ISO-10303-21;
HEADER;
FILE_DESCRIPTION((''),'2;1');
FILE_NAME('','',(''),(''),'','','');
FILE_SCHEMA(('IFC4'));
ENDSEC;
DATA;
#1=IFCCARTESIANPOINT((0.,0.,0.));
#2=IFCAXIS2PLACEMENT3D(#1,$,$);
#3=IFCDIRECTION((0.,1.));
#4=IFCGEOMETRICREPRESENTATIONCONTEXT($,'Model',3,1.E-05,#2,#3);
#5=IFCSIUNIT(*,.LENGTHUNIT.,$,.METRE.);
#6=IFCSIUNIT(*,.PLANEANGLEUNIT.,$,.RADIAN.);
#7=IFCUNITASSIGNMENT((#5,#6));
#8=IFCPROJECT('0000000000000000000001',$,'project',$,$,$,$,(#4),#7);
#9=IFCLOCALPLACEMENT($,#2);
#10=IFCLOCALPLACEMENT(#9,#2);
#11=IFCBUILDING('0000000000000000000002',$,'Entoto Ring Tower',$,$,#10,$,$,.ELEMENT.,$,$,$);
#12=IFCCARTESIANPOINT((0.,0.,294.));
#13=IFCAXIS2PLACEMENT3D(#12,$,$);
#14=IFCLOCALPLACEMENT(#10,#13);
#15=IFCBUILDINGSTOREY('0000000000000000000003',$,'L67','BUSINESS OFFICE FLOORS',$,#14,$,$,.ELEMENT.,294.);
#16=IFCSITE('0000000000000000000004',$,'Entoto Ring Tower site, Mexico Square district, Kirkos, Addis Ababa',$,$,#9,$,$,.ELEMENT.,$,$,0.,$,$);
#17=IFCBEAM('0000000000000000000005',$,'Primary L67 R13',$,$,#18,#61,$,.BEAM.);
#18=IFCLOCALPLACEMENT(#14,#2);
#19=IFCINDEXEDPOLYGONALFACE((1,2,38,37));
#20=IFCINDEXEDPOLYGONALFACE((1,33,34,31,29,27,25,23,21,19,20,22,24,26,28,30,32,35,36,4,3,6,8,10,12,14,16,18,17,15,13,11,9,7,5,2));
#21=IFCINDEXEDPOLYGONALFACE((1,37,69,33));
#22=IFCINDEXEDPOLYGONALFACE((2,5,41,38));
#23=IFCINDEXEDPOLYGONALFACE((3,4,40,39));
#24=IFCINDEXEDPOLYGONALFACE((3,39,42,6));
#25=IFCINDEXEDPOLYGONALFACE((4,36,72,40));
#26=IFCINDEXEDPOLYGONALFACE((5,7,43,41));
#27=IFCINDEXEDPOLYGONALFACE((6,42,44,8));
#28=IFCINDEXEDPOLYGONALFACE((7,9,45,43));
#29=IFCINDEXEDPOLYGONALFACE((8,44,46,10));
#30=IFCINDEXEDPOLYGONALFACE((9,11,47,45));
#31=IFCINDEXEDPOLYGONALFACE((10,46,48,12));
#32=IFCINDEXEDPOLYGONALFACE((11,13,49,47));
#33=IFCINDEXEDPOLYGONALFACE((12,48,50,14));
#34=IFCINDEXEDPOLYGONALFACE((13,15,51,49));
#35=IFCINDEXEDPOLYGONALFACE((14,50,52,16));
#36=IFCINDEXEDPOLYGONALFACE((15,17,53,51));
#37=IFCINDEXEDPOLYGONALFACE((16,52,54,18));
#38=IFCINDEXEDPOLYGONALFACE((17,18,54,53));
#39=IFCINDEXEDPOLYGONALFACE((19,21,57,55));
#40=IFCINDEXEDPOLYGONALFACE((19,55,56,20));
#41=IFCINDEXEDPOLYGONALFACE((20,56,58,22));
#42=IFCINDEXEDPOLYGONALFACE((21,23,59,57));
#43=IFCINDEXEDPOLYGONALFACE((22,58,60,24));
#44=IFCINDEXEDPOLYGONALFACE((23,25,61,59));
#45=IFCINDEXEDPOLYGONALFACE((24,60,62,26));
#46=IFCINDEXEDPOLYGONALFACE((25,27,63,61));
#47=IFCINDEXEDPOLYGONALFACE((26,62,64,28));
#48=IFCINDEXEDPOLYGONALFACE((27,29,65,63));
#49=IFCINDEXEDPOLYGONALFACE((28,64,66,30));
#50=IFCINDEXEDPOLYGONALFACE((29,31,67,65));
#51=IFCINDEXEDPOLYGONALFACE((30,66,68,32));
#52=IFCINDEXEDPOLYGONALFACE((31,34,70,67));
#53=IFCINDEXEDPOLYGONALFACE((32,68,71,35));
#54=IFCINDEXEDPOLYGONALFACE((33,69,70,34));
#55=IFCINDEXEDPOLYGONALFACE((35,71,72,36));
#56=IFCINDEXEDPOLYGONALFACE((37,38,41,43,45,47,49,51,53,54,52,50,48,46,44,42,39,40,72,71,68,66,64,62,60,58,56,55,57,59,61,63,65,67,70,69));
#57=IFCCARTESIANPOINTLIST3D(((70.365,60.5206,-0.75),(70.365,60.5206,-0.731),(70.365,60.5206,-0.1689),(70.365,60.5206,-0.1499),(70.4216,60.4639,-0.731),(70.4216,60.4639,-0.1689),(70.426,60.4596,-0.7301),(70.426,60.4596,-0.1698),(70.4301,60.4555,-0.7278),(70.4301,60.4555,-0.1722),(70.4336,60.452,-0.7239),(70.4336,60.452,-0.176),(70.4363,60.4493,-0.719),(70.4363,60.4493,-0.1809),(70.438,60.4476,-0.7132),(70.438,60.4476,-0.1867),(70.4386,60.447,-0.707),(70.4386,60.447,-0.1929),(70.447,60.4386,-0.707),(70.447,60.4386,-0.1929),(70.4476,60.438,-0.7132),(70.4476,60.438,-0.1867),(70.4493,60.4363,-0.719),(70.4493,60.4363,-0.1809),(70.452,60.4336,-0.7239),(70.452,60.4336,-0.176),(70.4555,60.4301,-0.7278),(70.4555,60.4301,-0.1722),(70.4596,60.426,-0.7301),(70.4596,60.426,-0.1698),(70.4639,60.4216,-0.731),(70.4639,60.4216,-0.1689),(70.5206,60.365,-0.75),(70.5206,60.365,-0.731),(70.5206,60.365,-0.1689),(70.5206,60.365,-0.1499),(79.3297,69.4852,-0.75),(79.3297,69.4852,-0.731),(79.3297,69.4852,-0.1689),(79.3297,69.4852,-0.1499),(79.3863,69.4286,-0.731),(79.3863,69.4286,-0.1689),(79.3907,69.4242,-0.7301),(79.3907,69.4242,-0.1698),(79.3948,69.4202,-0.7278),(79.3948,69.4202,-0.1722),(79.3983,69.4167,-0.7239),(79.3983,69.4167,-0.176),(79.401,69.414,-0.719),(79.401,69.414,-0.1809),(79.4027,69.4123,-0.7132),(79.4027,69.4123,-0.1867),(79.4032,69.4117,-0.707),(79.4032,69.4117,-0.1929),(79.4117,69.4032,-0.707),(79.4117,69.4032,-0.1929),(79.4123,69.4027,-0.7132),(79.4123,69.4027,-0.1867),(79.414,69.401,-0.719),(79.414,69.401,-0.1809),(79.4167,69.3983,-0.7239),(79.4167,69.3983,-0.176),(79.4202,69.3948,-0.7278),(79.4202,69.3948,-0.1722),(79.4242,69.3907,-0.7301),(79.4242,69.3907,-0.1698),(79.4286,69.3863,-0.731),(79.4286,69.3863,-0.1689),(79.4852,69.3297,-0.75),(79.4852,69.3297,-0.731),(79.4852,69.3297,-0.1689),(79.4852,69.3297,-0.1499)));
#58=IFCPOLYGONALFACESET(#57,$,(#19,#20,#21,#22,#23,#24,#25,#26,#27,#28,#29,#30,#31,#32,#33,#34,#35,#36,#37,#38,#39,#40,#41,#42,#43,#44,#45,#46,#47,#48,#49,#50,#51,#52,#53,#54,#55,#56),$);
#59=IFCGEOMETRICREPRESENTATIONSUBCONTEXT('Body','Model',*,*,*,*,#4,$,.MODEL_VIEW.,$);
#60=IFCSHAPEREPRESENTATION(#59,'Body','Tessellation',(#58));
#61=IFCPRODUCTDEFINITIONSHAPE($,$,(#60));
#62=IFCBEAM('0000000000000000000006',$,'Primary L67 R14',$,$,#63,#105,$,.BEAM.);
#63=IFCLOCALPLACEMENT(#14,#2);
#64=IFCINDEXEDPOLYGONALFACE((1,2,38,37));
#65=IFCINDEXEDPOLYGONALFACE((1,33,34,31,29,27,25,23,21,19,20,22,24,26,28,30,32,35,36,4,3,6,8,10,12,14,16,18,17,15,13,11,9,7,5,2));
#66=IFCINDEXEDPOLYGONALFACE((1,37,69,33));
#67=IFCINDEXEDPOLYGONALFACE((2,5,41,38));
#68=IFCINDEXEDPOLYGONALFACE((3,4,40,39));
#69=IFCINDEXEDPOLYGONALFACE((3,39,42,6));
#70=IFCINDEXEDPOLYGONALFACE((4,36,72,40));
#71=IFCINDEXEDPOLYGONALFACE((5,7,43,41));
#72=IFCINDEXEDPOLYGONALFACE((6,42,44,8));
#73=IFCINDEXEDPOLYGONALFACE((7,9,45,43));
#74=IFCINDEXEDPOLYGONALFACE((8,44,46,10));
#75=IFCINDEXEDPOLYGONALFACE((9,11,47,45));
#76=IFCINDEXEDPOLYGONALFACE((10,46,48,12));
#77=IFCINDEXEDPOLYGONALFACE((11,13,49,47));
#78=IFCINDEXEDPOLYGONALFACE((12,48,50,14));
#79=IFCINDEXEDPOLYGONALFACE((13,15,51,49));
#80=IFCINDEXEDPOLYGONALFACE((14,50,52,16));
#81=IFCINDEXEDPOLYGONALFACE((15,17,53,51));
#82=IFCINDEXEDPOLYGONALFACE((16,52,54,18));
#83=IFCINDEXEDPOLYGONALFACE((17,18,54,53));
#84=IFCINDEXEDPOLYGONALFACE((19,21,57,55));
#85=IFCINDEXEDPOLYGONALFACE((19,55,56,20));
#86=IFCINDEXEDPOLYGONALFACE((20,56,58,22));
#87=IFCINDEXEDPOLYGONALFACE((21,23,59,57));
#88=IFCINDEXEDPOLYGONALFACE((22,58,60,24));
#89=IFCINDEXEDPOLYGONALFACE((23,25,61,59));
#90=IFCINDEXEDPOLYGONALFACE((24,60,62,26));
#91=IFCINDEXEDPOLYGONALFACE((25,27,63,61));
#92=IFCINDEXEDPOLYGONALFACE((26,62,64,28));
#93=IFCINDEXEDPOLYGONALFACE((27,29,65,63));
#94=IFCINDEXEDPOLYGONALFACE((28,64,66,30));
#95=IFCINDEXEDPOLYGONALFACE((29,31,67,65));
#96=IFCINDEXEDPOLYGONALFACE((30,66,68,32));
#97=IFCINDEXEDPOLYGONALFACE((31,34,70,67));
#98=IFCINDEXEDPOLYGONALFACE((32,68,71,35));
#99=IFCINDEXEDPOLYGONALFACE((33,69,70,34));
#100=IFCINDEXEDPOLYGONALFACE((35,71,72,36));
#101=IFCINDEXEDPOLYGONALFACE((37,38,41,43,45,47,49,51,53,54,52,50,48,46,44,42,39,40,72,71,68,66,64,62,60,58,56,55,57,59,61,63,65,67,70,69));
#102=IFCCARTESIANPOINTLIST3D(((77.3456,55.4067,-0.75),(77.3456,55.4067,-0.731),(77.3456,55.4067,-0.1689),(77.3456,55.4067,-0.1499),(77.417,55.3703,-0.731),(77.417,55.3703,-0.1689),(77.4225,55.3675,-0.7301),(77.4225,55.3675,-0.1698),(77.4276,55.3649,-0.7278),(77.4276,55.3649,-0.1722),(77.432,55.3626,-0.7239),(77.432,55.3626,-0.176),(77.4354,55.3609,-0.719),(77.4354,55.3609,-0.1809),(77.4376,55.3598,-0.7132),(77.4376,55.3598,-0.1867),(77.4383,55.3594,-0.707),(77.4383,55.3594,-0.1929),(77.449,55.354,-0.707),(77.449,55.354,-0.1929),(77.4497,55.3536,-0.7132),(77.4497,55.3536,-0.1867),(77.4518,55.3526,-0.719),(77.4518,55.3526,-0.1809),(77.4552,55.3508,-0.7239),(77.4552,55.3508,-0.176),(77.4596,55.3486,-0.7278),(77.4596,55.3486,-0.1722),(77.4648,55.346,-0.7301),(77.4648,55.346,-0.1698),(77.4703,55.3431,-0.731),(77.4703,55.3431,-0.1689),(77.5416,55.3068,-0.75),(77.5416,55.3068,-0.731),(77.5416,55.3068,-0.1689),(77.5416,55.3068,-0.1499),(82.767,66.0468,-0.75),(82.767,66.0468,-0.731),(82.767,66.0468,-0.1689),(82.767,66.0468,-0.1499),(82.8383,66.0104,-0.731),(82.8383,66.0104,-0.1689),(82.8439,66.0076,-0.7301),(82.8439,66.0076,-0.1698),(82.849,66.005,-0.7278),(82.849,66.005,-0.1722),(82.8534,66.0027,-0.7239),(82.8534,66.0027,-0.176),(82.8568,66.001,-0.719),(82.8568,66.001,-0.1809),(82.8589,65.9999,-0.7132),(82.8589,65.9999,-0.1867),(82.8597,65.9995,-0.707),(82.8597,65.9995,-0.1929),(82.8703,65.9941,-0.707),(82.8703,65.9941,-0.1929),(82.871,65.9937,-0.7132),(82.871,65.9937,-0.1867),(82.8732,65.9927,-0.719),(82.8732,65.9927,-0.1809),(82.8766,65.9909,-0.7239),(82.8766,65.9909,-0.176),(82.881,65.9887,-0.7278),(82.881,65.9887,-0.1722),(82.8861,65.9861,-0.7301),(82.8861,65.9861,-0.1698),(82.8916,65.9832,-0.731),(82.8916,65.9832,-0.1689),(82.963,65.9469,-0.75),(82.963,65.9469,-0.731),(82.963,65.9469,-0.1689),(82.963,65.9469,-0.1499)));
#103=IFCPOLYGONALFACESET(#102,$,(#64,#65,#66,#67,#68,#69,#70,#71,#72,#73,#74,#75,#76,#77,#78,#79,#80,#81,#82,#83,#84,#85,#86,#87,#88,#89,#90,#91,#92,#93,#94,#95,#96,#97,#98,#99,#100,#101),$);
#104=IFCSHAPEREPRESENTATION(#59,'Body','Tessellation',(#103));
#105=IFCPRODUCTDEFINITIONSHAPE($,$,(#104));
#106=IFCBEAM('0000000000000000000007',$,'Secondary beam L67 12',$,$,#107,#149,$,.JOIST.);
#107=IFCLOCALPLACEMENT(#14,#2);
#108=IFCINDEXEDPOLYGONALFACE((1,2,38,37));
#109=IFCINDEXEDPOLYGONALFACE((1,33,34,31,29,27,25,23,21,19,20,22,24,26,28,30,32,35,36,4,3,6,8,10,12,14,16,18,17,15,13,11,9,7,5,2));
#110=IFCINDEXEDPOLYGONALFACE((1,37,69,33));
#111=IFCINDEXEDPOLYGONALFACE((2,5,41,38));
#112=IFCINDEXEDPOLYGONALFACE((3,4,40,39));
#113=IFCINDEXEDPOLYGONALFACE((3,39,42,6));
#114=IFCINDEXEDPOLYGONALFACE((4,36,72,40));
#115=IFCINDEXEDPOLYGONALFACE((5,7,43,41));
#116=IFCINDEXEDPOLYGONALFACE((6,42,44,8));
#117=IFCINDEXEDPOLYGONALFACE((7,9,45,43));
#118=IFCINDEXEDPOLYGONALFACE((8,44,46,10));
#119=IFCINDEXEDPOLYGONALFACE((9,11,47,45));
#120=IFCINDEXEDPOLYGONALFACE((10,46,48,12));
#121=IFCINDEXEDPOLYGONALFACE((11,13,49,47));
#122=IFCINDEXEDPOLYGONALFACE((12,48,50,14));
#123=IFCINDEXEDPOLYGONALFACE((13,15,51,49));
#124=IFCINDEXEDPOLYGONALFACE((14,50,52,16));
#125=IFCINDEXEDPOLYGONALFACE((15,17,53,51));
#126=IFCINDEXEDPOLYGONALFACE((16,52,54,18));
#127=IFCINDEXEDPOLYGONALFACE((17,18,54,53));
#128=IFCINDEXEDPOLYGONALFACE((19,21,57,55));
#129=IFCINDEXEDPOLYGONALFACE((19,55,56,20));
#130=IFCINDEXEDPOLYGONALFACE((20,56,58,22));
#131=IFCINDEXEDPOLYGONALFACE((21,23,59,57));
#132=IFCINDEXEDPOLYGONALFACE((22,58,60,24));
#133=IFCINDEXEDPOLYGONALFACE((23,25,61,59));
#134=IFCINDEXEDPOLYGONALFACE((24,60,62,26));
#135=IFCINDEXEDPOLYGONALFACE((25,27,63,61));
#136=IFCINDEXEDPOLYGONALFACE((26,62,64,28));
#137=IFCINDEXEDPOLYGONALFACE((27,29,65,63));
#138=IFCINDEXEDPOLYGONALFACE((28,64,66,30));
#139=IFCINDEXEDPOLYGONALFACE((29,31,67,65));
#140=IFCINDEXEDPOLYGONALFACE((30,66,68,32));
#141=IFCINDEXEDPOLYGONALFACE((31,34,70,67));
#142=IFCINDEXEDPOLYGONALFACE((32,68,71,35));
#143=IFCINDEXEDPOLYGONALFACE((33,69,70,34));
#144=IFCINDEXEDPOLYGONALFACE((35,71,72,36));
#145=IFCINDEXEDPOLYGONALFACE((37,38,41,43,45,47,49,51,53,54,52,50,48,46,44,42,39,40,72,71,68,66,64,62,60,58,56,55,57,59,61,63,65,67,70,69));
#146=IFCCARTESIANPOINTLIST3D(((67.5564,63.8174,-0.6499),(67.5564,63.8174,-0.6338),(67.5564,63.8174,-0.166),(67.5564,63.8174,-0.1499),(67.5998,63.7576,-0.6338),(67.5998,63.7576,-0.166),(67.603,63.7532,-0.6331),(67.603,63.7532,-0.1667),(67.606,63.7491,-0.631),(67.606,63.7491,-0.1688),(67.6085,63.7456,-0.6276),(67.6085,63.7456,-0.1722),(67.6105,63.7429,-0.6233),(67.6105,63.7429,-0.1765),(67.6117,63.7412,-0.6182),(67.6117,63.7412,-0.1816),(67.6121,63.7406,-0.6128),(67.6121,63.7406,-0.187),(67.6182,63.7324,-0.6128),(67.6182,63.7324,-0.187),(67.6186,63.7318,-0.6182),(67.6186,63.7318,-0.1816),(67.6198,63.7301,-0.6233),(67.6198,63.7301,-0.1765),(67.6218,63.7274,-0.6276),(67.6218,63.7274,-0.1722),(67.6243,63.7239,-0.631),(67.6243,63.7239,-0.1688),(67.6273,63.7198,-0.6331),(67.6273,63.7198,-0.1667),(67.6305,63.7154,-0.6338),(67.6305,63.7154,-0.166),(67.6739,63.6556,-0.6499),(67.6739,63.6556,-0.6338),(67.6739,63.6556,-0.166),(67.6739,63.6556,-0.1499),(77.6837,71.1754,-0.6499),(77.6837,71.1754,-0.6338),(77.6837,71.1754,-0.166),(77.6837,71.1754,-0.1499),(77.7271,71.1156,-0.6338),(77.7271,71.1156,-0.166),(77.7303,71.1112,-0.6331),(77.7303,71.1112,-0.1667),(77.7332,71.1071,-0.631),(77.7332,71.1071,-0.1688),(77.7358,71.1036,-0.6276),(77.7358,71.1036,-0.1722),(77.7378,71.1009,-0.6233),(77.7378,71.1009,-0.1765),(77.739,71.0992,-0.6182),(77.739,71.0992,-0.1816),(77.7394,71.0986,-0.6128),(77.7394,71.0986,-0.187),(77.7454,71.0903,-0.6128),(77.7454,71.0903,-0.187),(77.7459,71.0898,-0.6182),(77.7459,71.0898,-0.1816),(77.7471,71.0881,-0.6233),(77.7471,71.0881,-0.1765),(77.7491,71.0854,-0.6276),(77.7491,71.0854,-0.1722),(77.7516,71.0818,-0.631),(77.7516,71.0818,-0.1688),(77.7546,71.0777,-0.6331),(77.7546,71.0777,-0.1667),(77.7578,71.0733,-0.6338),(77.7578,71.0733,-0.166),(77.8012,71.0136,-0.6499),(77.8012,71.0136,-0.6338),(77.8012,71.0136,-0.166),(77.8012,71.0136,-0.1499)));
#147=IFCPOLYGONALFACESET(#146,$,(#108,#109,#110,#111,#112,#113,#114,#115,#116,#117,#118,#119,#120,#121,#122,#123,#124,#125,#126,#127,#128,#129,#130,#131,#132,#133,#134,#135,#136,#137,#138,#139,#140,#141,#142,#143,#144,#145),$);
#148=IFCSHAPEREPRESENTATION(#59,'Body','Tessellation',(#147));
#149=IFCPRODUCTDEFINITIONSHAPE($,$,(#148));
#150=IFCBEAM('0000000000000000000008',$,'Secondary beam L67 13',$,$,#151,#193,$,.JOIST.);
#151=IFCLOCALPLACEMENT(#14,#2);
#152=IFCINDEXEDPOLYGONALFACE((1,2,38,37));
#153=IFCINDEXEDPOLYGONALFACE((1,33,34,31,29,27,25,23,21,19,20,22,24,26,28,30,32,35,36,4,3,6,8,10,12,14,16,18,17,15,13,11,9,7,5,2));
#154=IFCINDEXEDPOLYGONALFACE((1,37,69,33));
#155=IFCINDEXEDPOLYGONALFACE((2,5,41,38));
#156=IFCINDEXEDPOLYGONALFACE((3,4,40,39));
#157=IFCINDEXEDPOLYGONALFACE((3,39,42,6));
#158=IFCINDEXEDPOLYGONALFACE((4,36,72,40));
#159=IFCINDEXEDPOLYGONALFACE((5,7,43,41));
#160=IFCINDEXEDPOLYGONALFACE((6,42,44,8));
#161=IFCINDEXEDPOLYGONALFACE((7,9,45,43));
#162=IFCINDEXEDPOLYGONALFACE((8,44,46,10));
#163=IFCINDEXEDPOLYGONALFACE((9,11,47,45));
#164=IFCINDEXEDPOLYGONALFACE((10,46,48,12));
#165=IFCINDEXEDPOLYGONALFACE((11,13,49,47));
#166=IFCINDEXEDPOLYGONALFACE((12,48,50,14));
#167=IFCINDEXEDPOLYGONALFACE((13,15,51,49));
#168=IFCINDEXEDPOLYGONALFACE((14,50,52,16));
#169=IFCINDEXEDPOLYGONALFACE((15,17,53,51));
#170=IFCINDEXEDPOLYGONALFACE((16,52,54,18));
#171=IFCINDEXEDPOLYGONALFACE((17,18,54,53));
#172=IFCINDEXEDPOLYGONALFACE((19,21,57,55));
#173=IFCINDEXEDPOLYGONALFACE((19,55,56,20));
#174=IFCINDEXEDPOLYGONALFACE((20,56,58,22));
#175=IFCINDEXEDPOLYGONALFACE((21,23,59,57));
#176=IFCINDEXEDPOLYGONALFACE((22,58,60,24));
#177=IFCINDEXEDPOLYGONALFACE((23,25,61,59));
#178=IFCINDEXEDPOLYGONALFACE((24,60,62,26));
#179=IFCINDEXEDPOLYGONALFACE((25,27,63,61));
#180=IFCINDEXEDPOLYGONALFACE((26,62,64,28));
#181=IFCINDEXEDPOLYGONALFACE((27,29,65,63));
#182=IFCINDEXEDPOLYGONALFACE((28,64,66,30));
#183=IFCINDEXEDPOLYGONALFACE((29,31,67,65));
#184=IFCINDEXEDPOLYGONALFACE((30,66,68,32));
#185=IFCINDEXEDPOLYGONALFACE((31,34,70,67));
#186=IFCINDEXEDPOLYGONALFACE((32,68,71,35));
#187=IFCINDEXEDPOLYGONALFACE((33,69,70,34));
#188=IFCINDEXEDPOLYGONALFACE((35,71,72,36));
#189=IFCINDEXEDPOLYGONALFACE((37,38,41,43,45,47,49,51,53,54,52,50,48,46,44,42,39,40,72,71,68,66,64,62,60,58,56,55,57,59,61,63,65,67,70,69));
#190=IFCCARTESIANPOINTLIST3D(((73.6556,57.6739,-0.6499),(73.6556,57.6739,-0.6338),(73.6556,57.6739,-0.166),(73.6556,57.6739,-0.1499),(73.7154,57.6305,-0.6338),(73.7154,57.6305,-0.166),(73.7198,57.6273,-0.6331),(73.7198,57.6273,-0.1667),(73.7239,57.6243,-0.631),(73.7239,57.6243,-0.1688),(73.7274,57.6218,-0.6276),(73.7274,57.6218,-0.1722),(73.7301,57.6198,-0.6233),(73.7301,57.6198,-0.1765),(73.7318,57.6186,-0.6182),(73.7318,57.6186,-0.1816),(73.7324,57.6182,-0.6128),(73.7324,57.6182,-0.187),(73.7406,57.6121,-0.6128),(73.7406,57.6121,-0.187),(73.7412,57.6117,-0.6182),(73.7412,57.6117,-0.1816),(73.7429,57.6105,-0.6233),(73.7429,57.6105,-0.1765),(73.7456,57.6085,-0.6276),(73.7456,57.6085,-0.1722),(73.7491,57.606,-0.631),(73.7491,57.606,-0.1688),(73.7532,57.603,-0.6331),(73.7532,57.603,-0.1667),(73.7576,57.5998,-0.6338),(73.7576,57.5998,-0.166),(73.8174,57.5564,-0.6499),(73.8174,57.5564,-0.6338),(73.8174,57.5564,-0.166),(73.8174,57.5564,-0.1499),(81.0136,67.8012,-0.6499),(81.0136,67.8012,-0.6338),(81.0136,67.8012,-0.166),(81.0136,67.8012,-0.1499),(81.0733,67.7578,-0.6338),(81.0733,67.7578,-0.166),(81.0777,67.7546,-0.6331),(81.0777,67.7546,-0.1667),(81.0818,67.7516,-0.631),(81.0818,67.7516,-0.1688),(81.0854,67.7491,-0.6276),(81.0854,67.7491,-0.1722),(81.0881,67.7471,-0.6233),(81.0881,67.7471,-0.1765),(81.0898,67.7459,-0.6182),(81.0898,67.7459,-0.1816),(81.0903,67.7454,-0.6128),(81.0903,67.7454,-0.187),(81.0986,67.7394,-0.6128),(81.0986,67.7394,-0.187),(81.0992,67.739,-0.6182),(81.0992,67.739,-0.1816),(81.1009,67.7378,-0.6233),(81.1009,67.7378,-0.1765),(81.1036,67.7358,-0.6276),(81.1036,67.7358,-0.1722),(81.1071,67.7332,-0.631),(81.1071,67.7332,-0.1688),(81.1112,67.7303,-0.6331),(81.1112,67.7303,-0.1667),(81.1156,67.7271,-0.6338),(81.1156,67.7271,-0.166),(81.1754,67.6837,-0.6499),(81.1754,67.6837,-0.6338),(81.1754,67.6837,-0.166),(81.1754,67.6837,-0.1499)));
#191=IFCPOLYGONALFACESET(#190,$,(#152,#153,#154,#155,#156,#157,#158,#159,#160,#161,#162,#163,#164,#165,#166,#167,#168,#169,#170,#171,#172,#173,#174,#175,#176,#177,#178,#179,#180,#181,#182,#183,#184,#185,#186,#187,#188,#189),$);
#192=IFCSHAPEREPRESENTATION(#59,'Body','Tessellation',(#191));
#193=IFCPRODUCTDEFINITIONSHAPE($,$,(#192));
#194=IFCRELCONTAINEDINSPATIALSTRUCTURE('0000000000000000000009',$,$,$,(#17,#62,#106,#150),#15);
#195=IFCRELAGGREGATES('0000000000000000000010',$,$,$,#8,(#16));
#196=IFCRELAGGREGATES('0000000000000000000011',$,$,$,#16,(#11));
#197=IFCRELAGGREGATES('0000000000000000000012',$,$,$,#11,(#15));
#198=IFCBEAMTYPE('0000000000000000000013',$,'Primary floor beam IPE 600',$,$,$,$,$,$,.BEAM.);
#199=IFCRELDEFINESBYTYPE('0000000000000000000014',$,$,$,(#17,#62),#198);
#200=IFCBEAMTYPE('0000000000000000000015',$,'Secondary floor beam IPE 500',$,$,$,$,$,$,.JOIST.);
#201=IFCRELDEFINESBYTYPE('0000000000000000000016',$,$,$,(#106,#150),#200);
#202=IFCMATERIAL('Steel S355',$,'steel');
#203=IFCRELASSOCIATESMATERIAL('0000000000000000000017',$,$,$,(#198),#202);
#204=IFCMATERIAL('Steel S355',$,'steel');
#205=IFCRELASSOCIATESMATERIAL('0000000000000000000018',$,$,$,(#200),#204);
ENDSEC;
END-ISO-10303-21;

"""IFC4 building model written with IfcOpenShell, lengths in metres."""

from ifc_helpers import new_model, si_unit, direction, frame, origin, origin_2d, place, context, subcontext, project, spatial, i_section, extrude, material, material_profile, profile_set, type_object, element, save


model = new_model("IFC4")

# Units and contexts
model_context = context("Model", 3, precision=1e-05, world=origin(), true_north=direction((0.0, 1.0)))
body_context = subcontext(model_context, "Body", "Model", "MODEL_VIEW")
ifc_project = project(units=[si_unit("LENGTHUNIT", "METRE"), si_unit("PLANEANGLEUNIT", "RADIAN")], contexts=[model_context])

# Site, building, storey
site_placement = place(None, origin())
site = spatial("IfcSite", under=ifc_project, at=site_placement, Name="Entoto Ring Tower site, Mexico Square district, Kirkos, Addis Ababa", CompositionType="ELEMENT", RefElevation=0.0)
building_placement = place(site_placement, origin())
building = spatial("IfcBuilding", under=site, at=building_placement, Name="Entoto Ring Tower", CompositionType="ELEMENT")
storey_placement = place(building_placement, frame((0.0, 0.0, 294.0)))
storey = spatial("IfcBuildingStorey", under=building, at=storey_placement, Name="L67", Description="BUSINESS OFFICE FLOORS", CompositionType="ELEMENT", Elevation=294.0)

# Beams
ifc_material_1 = material(Name="Steel S355", Category="steel")
ifc_material_profile_1 = material_profile(ifc_material_1, i_section(OverallWidth=0.22, OverallDepth=0.6001, WebThickness=0.012, FlangeThickness=0.019, FilletRadius=0.0239, at=origin_2d()), Name="IPE 600")
ifc_profile_set_1 = profile_set([ifc_material_profile_1], Name="Steel S355")
beam_type_1 = type_object("IfcBeamType", Name="Primary floor beam IPE 600", PredefinedType="BEAM", material=ifc_profile_set_1)
beam_1_placement = place(storey_placement, frame((79.4075, 69.4075, -0.45), z_axis=(-0.707107, -0.707107, 0.0), x_axis=(0.707107, -0.707107, 0.0)))
element("IfcBeam", 1, at=beam_1_placement, inside=storey, type_object=beam_type_1, Name="Primary L67 R13", PredefinedType="BEAM", context=body_context, shape_type="SweptSolid", body=[
    extrude(i_section(OverallWidth=0.22, OverallDepth=0.6001, WebThickness=0.012, FlangeThickness=0.019, FilletRadius=0.0239, at=origin_2d()), origin(), (0.0, 0.0, 1.0), 12.678),
])
beam_2_placement = place(storey_placement, frame((82.865, 65.9968, -0.45), z_axis=(-0.453988, -0.891008, 0.0), x_axis=(0.891008, -0.453988, 0.0)))
element("IfcBeam", 2, at=beam_2_placement, inside=storey, type_object=beam_type_1, Name="Primary L67 R14", PredefinedType="BEAM", context=body_context, shape_type="SweptSolid", body=[
    extrude(i_section(OverallWidth=0.22, OverallDepth=0.6001, WebThickness=0.012, FlangeThickness=0.019, FilletRadius=0.0239, at=origin_2d()), origin(), (0.0, 0.0, 1.0), 11.9417),
])
ifc_material_2 = material(Name="Steel S355", Category="steel")
ifc_material_profile_2 = material_profile(ifc_material_2, i_section(OverallWidth=0.2, OverallDepth=0.5, WebThickness=0.0103, FlangeThickness=0.0161, FilletRadius=0.021, at=origin_2d()), Name="IPE 500")
ifc_profile_set_2 = profile_set([ifc_material_profile_2], Name="Steel S355")
beam_type_2 = type_object("IfcBeamType", Name="Secondary floor beam IPE 500", PredefinedType="JOIST", material=ifc_profile_set_2)
for number, where, z_axis, x_axis, name in (
    (3, (77.7424, 71.0945, -0.3999), (-0.809014, -0.587789, 0.0), (0.587789, -0.809014, 0.0), "Secondary beam L67 12"),
    (4, (81.0945, 67.7424, -0.3999), (-0.587789, -0.809014, 0.0), (0.809014, -0.587789, 0.0), "Secondary beam L67 13"),
):
    element("IfcBeam", number, at=place(storey_placement, frame(where, z_axis=z_axis, x_axis=x_axis)), inside=storey, type_object=beam_type_2, Name=name, PredefinedType="JOIST", context=body_context, shape_type="SweptSolid", body=[
        extrude(i_section(OverallWidth=0.2, OverallDepth=0.5, WebThickness=0.0103, FlangeThickness=0.0161, FilletRadius=0.021, at=origin_2d()), origin(), (0.0, 0.0, 1.0), 12.5181),
    ])

save(model, "model.ifc")
